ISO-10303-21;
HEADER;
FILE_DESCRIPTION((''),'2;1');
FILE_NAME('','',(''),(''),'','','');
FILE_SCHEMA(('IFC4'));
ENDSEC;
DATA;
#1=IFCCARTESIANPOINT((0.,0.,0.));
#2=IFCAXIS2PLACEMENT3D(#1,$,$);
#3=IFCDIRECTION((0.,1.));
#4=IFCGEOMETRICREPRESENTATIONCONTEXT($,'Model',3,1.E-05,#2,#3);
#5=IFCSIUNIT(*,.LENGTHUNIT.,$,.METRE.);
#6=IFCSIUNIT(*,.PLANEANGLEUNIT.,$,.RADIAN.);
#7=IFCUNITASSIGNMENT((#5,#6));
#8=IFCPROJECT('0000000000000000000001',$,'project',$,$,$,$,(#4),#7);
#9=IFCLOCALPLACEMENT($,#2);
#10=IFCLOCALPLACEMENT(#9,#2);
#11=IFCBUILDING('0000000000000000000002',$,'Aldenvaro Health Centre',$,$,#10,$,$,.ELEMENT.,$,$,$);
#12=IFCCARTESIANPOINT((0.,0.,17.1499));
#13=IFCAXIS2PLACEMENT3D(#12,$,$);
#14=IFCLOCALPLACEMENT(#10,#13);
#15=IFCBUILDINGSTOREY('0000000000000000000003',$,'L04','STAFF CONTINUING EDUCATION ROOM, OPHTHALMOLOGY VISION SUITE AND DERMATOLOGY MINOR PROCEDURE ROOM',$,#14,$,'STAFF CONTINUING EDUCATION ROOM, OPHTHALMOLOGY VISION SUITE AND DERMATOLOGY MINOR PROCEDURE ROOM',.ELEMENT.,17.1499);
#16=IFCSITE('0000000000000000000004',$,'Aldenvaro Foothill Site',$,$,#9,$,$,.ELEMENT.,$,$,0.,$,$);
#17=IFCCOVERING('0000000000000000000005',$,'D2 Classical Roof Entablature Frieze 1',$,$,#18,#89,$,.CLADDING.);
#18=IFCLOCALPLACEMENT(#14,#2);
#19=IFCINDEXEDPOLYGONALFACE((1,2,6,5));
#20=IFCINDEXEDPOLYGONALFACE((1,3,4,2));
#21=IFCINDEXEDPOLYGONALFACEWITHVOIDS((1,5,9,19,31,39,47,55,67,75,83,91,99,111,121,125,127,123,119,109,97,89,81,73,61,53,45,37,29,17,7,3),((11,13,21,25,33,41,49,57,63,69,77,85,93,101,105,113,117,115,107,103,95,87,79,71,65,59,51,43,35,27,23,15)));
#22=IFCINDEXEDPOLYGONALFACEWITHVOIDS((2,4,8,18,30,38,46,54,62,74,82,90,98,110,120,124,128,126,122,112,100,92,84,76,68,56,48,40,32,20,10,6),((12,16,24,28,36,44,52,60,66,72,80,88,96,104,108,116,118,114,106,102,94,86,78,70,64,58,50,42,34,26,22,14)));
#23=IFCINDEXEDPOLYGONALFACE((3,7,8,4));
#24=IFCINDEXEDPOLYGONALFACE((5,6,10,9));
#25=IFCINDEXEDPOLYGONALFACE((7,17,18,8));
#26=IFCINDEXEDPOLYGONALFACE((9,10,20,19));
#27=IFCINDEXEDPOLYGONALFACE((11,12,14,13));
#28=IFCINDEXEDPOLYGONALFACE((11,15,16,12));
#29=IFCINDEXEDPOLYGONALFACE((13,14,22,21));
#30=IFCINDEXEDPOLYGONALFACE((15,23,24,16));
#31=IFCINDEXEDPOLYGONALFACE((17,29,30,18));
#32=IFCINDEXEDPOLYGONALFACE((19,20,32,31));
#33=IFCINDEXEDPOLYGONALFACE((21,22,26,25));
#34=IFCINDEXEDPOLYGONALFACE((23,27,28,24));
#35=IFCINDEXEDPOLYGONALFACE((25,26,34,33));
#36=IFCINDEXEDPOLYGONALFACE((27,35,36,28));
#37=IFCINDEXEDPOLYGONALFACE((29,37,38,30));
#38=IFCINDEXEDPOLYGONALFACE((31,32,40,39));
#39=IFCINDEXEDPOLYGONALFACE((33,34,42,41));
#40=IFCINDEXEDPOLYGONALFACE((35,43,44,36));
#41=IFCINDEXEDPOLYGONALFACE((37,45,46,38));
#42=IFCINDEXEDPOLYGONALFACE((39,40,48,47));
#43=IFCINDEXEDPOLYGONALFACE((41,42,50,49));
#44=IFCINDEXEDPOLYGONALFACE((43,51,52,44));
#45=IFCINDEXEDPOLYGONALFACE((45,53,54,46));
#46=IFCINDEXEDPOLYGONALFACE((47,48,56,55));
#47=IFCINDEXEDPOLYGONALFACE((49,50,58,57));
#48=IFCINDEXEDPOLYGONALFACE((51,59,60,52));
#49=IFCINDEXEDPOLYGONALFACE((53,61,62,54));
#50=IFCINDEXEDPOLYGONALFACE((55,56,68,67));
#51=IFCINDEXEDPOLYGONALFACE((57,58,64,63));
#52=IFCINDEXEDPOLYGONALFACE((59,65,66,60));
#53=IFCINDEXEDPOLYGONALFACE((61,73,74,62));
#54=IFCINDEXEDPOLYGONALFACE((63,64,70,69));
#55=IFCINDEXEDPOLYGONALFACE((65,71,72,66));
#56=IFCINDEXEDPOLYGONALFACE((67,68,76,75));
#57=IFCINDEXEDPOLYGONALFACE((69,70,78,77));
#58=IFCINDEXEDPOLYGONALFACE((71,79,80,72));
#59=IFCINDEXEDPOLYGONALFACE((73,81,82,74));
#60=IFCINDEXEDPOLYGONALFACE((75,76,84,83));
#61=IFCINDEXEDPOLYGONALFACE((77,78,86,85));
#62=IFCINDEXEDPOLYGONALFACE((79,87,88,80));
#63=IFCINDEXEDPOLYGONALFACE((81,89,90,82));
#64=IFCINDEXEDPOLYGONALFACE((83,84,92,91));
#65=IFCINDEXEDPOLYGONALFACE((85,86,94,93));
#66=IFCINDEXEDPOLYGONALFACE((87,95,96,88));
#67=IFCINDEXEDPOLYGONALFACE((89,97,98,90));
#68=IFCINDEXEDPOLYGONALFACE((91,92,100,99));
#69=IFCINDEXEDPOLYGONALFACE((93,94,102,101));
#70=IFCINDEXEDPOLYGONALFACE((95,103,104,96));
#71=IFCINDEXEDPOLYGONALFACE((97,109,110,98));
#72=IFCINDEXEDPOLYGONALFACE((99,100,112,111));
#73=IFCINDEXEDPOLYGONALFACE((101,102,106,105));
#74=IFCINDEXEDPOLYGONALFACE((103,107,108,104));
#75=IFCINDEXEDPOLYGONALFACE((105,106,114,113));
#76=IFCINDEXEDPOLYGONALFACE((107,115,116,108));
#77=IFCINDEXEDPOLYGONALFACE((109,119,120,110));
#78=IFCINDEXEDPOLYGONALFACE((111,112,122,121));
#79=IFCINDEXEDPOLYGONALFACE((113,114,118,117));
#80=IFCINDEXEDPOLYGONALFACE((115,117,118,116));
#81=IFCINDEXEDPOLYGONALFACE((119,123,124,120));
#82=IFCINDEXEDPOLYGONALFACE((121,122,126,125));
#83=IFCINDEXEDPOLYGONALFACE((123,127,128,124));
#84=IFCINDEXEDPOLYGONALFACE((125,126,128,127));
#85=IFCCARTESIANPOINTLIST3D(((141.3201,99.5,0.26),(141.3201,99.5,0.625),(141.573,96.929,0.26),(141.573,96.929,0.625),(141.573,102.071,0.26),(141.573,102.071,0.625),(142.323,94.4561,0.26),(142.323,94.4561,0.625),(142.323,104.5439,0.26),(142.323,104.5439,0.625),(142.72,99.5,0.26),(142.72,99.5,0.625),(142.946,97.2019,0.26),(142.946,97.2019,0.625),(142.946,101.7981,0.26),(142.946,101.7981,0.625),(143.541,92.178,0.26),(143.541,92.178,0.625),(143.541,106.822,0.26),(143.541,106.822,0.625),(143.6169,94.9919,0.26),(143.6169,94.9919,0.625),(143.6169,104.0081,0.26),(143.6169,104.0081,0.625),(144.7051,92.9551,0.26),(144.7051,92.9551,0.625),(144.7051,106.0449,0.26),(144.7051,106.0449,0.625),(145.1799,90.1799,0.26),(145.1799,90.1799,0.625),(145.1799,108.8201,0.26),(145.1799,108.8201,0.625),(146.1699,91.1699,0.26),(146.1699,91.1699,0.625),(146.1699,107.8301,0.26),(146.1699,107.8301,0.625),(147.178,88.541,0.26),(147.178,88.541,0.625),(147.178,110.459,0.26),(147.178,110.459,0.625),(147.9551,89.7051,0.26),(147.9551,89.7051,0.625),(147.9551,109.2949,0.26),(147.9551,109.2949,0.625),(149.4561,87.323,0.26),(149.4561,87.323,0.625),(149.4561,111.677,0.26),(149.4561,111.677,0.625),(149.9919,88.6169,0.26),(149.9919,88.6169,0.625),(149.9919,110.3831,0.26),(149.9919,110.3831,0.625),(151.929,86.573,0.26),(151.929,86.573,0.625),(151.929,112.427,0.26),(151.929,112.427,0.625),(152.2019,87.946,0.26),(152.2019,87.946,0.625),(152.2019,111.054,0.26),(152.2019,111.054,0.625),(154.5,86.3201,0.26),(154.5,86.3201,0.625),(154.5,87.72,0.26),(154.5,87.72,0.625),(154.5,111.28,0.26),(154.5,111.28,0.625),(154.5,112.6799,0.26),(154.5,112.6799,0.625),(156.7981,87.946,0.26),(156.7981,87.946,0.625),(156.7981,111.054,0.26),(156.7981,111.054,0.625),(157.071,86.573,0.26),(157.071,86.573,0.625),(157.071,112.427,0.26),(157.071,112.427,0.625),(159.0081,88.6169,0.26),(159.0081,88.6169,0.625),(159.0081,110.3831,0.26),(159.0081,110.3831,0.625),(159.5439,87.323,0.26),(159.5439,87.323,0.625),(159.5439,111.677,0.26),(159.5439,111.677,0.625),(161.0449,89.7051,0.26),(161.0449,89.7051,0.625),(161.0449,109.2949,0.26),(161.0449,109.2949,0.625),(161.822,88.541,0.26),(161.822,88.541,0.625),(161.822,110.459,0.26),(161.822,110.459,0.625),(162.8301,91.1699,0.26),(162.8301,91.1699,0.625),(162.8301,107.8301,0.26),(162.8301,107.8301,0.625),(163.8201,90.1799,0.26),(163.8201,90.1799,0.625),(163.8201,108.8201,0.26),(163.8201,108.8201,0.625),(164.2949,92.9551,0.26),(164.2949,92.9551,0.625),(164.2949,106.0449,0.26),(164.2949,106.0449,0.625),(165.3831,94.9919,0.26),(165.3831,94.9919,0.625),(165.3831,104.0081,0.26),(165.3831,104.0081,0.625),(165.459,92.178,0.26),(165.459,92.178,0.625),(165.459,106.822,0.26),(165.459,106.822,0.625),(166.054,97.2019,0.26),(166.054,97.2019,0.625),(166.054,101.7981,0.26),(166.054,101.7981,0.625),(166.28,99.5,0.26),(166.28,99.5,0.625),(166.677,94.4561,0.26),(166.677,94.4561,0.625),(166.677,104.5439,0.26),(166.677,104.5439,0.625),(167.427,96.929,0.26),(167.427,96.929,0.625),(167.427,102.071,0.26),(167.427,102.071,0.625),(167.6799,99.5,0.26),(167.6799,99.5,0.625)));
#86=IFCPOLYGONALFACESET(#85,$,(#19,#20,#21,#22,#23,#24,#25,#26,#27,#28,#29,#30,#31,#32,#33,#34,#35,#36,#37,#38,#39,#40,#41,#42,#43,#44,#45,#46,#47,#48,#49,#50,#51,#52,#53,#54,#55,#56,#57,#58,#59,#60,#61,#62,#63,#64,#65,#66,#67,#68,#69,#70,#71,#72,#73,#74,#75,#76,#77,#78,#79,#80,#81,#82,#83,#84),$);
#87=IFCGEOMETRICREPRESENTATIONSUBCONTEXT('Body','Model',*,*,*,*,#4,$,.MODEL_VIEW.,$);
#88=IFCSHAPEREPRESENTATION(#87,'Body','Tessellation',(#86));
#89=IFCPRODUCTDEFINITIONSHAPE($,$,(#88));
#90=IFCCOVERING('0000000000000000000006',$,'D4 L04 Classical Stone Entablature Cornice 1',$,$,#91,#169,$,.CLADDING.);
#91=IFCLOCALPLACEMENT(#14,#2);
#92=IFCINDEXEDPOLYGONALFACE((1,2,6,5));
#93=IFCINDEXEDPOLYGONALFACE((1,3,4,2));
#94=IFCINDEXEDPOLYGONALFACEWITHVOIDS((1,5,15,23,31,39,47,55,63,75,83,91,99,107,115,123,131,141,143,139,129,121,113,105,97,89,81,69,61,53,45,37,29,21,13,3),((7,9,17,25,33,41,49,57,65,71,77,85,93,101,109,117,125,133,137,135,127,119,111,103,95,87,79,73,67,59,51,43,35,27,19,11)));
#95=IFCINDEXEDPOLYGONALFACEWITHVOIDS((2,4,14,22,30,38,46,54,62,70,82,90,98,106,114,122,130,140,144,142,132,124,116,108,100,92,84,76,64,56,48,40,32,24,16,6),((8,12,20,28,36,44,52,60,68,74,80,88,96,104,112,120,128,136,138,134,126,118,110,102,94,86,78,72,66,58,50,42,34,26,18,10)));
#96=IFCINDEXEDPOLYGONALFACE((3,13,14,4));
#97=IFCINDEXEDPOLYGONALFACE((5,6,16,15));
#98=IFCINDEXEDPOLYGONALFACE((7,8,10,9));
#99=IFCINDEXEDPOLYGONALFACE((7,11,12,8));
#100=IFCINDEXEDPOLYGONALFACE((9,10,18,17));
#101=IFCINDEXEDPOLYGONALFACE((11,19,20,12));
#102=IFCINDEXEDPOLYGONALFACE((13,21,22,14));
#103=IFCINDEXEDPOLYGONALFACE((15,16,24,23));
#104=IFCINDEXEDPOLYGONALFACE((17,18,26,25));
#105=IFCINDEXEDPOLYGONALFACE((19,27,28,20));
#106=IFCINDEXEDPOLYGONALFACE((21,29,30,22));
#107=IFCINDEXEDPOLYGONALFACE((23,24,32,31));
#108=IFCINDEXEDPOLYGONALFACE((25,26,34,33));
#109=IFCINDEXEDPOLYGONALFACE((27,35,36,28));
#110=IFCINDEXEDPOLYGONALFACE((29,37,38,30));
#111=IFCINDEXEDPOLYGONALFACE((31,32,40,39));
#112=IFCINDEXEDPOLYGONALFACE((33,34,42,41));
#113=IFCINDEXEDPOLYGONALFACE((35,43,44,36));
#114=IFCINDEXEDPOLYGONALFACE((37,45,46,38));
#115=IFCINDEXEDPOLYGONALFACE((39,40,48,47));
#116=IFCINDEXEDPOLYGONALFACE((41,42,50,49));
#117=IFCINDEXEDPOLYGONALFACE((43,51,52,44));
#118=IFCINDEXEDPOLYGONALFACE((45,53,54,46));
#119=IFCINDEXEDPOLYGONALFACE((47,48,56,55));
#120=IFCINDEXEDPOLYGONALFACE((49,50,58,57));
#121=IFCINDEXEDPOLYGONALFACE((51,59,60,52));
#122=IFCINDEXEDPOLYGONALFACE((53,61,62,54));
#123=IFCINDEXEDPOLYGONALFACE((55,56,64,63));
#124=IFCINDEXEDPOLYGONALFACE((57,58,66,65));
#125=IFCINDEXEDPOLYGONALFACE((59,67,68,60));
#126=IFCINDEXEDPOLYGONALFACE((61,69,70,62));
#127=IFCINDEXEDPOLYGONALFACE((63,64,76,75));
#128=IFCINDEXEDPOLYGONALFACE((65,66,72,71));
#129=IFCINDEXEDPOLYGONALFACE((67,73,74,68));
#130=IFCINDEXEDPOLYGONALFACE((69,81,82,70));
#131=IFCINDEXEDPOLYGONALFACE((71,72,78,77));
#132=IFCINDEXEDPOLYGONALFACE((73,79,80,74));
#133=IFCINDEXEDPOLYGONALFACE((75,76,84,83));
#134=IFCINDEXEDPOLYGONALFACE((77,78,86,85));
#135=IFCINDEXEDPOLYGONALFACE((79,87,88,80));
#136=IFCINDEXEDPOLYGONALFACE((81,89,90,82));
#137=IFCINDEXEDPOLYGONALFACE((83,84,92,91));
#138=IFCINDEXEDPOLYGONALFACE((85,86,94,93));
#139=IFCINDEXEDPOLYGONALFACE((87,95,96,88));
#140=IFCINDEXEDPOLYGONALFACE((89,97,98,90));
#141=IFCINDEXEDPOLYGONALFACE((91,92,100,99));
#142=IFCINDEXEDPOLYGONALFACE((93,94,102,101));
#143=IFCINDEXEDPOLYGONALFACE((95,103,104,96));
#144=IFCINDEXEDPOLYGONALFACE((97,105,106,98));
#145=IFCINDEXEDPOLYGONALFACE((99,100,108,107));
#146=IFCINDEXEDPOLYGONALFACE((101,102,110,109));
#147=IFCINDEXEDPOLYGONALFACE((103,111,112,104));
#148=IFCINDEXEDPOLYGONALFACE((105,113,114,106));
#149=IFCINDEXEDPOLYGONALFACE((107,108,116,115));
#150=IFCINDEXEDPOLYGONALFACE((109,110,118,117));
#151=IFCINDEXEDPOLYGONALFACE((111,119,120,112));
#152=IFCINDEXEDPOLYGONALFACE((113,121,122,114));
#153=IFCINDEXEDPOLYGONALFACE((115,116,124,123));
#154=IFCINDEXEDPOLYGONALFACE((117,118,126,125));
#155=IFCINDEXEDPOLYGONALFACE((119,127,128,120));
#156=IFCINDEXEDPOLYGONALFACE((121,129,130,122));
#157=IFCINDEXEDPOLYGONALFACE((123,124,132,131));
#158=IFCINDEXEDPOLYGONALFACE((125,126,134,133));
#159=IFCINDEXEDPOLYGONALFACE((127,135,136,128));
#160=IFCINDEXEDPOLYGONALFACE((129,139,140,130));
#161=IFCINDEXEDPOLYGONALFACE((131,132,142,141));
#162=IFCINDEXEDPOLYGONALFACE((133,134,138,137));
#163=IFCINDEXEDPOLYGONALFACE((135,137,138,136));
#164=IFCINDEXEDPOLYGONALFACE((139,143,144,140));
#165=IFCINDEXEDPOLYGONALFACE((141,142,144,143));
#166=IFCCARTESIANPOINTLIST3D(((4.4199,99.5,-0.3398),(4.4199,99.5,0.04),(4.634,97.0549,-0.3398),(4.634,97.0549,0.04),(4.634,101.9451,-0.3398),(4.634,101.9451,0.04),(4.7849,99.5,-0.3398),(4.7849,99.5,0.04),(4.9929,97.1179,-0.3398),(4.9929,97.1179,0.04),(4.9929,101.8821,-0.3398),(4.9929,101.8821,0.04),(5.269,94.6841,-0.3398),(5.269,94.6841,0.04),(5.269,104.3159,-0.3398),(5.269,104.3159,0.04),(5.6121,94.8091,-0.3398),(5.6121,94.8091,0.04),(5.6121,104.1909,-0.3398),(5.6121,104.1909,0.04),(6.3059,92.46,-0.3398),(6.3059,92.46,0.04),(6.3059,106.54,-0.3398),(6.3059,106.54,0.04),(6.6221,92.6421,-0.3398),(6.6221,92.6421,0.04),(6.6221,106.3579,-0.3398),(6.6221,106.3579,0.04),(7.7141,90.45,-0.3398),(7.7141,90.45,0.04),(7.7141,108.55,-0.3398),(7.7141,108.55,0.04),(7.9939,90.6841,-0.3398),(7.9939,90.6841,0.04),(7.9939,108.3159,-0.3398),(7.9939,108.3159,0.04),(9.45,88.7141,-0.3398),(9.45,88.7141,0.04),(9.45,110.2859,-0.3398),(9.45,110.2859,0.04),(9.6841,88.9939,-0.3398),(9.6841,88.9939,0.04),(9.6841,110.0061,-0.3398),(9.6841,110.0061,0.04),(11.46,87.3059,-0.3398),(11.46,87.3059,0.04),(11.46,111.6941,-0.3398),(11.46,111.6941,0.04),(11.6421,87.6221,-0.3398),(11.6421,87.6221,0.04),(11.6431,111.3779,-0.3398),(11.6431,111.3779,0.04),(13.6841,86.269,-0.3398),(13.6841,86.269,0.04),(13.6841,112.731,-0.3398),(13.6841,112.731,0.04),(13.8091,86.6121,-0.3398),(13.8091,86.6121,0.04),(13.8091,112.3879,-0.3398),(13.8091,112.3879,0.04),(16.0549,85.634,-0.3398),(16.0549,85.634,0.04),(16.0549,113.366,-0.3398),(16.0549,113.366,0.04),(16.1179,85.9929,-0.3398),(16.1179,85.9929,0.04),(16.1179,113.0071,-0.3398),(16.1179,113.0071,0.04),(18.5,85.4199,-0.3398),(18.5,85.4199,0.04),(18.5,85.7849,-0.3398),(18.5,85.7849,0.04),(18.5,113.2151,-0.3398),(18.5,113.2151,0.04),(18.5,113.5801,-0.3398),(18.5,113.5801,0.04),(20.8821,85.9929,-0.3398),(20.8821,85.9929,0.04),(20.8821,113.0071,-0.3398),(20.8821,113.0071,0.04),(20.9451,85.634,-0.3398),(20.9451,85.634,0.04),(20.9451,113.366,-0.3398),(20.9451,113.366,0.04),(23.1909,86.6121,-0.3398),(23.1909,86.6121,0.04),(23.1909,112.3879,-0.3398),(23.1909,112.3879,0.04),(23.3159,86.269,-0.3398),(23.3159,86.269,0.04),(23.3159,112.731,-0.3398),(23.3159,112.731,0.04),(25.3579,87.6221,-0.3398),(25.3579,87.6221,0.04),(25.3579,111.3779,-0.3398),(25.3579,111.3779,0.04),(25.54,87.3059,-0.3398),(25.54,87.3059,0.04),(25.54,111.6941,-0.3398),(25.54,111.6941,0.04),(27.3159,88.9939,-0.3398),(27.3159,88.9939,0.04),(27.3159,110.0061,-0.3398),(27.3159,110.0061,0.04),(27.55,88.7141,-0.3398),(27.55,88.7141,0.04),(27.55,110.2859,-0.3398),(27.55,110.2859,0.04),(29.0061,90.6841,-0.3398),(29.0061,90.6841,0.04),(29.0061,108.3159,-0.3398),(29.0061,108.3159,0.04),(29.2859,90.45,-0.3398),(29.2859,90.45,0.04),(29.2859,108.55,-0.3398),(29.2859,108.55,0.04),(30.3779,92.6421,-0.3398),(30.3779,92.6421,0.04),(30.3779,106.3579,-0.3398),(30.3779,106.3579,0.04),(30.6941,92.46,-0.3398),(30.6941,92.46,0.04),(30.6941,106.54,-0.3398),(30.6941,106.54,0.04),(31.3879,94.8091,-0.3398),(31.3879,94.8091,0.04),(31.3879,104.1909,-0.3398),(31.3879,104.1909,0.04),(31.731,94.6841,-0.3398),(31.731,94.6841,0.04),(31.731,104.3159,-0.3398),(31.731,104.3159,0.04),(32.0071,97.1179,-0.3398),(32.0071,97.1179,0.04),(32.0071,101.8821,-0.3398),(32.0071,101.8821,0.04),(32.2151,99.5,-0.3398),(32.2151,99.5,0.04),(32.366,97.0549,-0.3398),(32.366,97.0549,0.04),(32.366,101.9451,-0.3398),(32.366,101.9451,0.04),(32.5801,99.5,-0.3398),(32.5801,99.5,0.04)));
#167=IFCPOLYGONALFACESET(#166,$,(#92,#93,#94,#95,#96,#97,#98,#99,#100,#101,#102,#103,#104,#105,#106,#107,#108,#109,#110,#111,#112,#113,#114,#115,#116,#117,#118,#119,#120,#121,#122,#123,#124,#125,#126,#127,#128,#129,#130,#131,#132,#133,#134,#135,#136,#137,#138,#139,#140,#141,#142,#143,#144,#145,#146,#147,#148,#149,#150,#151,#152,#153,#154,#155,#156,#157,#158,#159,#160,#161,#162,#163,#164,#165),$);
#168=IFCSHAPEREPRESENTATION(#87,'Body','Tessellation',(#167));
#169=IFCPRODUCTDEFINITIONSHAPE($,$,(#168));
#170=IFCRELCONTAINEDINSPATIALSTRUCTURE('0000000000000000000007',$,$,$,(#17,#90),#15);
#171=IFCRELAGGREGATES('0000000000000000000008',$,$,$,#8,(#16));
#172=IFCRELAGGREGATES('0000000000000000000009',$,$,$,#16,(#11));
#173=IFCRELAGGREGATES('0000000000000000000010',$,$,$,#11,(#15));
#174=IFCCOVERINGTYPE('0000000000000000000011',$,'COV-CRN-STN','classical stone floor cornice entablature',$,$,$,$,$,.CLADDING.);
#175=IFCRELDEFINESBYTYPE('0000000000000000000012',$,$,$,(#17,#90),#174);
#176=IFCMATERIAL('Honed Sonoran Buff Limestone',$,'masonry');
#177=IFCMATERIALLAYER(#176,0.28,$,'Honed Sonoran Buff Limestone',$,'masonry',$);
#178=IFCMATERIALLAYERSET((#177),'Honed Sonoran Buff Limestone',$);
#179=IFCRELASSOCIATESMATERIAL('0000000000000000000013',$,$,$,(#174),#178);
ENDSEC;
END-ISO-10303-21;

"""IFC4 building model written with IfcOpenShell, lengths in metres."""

from ifc_helpers import new_model, si_unit, direction, frame, origin, place, context, subcontext, project, spatial, polyline, outline, extrude, material, layer, layer_set, type_object, element, save


model = new_model("IFC4")

# Units and contexts
model_context = context("Model", 3, precision=1e-05, world=origin(), true_north=direction((0.0, 1.0)))
body_context = subcontext(model_context, "Body", "Model", "MODEL_VIEW")
ifc_project = project(units=[si_unit("LENGTHUNIT", "METRE"), si_unit("PLANEANGLEUNIT", "RADIAN")], contexts=[model_context])

# Site, building, storey
site_placement = place(None, origin())
site = spatial("IfcSite", under=ifc_project, at=site_placement, Name="Aldenvaro Foothill Site", CompositionType="ELEMENT", RefElevation=0.0)
building_placement = place(site_placement, origin())
building = spatial("IfcBuilding", under=site, at=building_placement, Name="Aldenvaro Health Centre", CompositionType="ELEMENT")
storey_placement = place(building_placement, frame((0.0, 0.0, 17.1499)))
storey = spatial("IfcBuildingStorey", under=building, at=storey_placement, Name="L04", Description="STAFF CONTINUING EDUCATION ROOM, OPHTHALMOLOGY VISION SUITE AND DERMATOLOGY MINOR PROCEDURE ROOM", LongName="STAFF CONTINUING EDUCATION ROOM, OPHTHALMOLOGY VISION SUITE AND DERMATOLOGY MINOR PROCEDURE ROOM", CompositionType="ELEMENT", Elevation=17.1499)

# Coverings
ifc_material_1 = material(Name="Honed Sonoran Buff Limestone", Category="masonry")
ifc_layer_1 = layer(ifc_material_1, 0.28, Name="Honed Sonoran Buff Limestone", Category="masonry")
ifc_layer_set_1 = layer_set([ifc_layer_1], Name="Honed Sonoran Buff Limestone")
covering_type_1 = type_object("IfcCoveringType", Name="COV-CRN-STN", Description="classical stone floor cornice entablature", PredefinedType="CLADDING", material=ifc_layer_set_1)
covering_1_placement = place(storey_placement, frame((0.0, 0.0, 0.26)))
element("IfcCovering", 1, at=covering_1_placement, inside=storey, type_object=covering_type_1, Name="D2 Classical Roof Entablature Frieze 1", PredefinedType="CLADDING", context=body_context, shape_type="SweptSolid", body=[
    extrude(outline(polyline([(167.6799, 99.5), (167.427, 102.071), (166.677, 104.5439), (165.459, 106.822), (163.8201, 108.8201), (161.822, 110.459), (159.5439, 111.677), (157.071, 112.427), (154.5, 112.6799), (151.929, 112.427), (149.4561, 111.677), (147.178, 110.459), (145.1799, 108.8201), (143.541, 106.822), (142.323, 104.5439), (141.573, 102.071), (141.3201, 99.5), (141.573, 96.929), (142.323, 94.4561), (143.541, 92.178), (145.1799, 90.1799), (147.178, 88.541), (149.4561, 87.323), (151.929, 86.573), (154.5, 86.3201), (157.071, 86.573), (159.5439, 87.323), (161.822, 88.541), (163.8201, 90.1799), (165.459, 92.178), (166.677, 94.4561), (167.427, 96.929), (167.6799, 99.5)]), holes=[polyline([(166.28, 99.5), (166.054, 97.2019), (165.3831, 94.9919), (164.2949, 92.9551), (162.8301, 91.1699), (161.0449, 89.7051), (159.0081, 88.6169), (156.7981, 87.946), (154.5, 87.72), (152.2019, 87.946), (149.9919, 88.6169), (147.9551, 89.7051), (146.1699, 91.1699), (144.7051, 92.9551), (143.6169, 94.9919), (142.946, 97.2019), (142.72, 99.5), (142.946, 101.7981), (143.6169, 104.0081), (144.7051, 106.0449), (146.1699, 107.8301), (147.9551, 109.2949), (149.9919, 110.3831), (152.2019, 111.054), (154.5, 111.28), (156.7981, 111.054), (159.0081, 110.3831), (161.0449, 109.2949), (162.8301, 107.8301), (164.2949, 106.0449), (165.3831, 104.0081), (166.054, 101.7981), (166.28, 99.5)])]), origin(), (0.0, 0.0, 1.0), 0.365),
])
covering_2_placement = place(storey_placement, frame((0.0, 0.0, -0.3398)))
element("IfcCovering", 2, at=covering_2_placement, inside=storey, type_object=covering_type_1, Name="D4 L04 Classical Stone Entablature Cornice 1", PredefinedType="CLADDING", context=body_context, shape_type="SweptSolid", body=[
    extrude(outline(polyline([(32.5801, 99.5), (32.366, 101.9451), (31.731, 104.3159), (30.6941, 106.54), (29.2859, 108.55), (27.55, 110.2859), (25.54, 111.6941), (23.3159, 112.731), (20.9451, 113.366), (18.5, 113.5801), (16.0549, 113.366), (13.6841, 112.731), (11.46, 111.6941), (9.45, 110.2859), (7.7141, 108.55), (6.3059, 106.54), (5.269, 104.3159), (4.634, 101.9451), (4.4199, 99.5), (4.634, 97.0549), (5.269, 94.6841), (6.3059, 92.46), (7.7141, 90.45), (9.45, 88.7141), (11.46, 87.3059), (13.6841, 86.269), (16.0549, 85.634), (18.5, 85.4199), (20.9451, 85.634), (23.3159, 86.269), (25.54, 87.3059), (27.55, 88.7141), (29.2859, 90.45), (30.6941, 92.46), (31.731, 94.6841), (32.366, 97.0549), (32.5801, 99.5)]), holes=[polyline([(32.2151, 99.5), (32.0071, 97.1179), (31.3879, 94.8091), (30.3779, 92.6421), (29.0061, 90.6841), (27.3159, 88.9939), (25.3579, 87.6221), (23.1909, 86.6121), (20.8821, 85.9929), (18.5, 85.7849), (16.1179, 85.9929), (13.8091, 86.6121), (11.6421, 87.6221), (9.6841, 88.9939), (7.9939, 90.6841), (6.6221, 92.6421), (5.6121, 94.8091), (4.9929, 97.1179), (4.7849, 99.5), (4.9929, 101.8821), (5.6121, 104.1909), (6.6221, 106.3579), (7.9939, 108.3159), (9.6841, 110.0061), (11.6431, 111.3779), (13.8091, 112.3879), (16.1179, 113.0071), (18.5, 113.2151), (20.8821, 113.0071), (23.1909, 112.3879), (25.3579, 111.3779), (27.3159, 110.0061), (29.0061, 108.3159), (30.3779, 106.3579), (31.3879, 104.1909), (32.0071, 101.8821), (32.2151, 99.5)])]), origin(), (0.0, 0.0, 1.0), 0.3799),
])

save(model, "model.ifc")
